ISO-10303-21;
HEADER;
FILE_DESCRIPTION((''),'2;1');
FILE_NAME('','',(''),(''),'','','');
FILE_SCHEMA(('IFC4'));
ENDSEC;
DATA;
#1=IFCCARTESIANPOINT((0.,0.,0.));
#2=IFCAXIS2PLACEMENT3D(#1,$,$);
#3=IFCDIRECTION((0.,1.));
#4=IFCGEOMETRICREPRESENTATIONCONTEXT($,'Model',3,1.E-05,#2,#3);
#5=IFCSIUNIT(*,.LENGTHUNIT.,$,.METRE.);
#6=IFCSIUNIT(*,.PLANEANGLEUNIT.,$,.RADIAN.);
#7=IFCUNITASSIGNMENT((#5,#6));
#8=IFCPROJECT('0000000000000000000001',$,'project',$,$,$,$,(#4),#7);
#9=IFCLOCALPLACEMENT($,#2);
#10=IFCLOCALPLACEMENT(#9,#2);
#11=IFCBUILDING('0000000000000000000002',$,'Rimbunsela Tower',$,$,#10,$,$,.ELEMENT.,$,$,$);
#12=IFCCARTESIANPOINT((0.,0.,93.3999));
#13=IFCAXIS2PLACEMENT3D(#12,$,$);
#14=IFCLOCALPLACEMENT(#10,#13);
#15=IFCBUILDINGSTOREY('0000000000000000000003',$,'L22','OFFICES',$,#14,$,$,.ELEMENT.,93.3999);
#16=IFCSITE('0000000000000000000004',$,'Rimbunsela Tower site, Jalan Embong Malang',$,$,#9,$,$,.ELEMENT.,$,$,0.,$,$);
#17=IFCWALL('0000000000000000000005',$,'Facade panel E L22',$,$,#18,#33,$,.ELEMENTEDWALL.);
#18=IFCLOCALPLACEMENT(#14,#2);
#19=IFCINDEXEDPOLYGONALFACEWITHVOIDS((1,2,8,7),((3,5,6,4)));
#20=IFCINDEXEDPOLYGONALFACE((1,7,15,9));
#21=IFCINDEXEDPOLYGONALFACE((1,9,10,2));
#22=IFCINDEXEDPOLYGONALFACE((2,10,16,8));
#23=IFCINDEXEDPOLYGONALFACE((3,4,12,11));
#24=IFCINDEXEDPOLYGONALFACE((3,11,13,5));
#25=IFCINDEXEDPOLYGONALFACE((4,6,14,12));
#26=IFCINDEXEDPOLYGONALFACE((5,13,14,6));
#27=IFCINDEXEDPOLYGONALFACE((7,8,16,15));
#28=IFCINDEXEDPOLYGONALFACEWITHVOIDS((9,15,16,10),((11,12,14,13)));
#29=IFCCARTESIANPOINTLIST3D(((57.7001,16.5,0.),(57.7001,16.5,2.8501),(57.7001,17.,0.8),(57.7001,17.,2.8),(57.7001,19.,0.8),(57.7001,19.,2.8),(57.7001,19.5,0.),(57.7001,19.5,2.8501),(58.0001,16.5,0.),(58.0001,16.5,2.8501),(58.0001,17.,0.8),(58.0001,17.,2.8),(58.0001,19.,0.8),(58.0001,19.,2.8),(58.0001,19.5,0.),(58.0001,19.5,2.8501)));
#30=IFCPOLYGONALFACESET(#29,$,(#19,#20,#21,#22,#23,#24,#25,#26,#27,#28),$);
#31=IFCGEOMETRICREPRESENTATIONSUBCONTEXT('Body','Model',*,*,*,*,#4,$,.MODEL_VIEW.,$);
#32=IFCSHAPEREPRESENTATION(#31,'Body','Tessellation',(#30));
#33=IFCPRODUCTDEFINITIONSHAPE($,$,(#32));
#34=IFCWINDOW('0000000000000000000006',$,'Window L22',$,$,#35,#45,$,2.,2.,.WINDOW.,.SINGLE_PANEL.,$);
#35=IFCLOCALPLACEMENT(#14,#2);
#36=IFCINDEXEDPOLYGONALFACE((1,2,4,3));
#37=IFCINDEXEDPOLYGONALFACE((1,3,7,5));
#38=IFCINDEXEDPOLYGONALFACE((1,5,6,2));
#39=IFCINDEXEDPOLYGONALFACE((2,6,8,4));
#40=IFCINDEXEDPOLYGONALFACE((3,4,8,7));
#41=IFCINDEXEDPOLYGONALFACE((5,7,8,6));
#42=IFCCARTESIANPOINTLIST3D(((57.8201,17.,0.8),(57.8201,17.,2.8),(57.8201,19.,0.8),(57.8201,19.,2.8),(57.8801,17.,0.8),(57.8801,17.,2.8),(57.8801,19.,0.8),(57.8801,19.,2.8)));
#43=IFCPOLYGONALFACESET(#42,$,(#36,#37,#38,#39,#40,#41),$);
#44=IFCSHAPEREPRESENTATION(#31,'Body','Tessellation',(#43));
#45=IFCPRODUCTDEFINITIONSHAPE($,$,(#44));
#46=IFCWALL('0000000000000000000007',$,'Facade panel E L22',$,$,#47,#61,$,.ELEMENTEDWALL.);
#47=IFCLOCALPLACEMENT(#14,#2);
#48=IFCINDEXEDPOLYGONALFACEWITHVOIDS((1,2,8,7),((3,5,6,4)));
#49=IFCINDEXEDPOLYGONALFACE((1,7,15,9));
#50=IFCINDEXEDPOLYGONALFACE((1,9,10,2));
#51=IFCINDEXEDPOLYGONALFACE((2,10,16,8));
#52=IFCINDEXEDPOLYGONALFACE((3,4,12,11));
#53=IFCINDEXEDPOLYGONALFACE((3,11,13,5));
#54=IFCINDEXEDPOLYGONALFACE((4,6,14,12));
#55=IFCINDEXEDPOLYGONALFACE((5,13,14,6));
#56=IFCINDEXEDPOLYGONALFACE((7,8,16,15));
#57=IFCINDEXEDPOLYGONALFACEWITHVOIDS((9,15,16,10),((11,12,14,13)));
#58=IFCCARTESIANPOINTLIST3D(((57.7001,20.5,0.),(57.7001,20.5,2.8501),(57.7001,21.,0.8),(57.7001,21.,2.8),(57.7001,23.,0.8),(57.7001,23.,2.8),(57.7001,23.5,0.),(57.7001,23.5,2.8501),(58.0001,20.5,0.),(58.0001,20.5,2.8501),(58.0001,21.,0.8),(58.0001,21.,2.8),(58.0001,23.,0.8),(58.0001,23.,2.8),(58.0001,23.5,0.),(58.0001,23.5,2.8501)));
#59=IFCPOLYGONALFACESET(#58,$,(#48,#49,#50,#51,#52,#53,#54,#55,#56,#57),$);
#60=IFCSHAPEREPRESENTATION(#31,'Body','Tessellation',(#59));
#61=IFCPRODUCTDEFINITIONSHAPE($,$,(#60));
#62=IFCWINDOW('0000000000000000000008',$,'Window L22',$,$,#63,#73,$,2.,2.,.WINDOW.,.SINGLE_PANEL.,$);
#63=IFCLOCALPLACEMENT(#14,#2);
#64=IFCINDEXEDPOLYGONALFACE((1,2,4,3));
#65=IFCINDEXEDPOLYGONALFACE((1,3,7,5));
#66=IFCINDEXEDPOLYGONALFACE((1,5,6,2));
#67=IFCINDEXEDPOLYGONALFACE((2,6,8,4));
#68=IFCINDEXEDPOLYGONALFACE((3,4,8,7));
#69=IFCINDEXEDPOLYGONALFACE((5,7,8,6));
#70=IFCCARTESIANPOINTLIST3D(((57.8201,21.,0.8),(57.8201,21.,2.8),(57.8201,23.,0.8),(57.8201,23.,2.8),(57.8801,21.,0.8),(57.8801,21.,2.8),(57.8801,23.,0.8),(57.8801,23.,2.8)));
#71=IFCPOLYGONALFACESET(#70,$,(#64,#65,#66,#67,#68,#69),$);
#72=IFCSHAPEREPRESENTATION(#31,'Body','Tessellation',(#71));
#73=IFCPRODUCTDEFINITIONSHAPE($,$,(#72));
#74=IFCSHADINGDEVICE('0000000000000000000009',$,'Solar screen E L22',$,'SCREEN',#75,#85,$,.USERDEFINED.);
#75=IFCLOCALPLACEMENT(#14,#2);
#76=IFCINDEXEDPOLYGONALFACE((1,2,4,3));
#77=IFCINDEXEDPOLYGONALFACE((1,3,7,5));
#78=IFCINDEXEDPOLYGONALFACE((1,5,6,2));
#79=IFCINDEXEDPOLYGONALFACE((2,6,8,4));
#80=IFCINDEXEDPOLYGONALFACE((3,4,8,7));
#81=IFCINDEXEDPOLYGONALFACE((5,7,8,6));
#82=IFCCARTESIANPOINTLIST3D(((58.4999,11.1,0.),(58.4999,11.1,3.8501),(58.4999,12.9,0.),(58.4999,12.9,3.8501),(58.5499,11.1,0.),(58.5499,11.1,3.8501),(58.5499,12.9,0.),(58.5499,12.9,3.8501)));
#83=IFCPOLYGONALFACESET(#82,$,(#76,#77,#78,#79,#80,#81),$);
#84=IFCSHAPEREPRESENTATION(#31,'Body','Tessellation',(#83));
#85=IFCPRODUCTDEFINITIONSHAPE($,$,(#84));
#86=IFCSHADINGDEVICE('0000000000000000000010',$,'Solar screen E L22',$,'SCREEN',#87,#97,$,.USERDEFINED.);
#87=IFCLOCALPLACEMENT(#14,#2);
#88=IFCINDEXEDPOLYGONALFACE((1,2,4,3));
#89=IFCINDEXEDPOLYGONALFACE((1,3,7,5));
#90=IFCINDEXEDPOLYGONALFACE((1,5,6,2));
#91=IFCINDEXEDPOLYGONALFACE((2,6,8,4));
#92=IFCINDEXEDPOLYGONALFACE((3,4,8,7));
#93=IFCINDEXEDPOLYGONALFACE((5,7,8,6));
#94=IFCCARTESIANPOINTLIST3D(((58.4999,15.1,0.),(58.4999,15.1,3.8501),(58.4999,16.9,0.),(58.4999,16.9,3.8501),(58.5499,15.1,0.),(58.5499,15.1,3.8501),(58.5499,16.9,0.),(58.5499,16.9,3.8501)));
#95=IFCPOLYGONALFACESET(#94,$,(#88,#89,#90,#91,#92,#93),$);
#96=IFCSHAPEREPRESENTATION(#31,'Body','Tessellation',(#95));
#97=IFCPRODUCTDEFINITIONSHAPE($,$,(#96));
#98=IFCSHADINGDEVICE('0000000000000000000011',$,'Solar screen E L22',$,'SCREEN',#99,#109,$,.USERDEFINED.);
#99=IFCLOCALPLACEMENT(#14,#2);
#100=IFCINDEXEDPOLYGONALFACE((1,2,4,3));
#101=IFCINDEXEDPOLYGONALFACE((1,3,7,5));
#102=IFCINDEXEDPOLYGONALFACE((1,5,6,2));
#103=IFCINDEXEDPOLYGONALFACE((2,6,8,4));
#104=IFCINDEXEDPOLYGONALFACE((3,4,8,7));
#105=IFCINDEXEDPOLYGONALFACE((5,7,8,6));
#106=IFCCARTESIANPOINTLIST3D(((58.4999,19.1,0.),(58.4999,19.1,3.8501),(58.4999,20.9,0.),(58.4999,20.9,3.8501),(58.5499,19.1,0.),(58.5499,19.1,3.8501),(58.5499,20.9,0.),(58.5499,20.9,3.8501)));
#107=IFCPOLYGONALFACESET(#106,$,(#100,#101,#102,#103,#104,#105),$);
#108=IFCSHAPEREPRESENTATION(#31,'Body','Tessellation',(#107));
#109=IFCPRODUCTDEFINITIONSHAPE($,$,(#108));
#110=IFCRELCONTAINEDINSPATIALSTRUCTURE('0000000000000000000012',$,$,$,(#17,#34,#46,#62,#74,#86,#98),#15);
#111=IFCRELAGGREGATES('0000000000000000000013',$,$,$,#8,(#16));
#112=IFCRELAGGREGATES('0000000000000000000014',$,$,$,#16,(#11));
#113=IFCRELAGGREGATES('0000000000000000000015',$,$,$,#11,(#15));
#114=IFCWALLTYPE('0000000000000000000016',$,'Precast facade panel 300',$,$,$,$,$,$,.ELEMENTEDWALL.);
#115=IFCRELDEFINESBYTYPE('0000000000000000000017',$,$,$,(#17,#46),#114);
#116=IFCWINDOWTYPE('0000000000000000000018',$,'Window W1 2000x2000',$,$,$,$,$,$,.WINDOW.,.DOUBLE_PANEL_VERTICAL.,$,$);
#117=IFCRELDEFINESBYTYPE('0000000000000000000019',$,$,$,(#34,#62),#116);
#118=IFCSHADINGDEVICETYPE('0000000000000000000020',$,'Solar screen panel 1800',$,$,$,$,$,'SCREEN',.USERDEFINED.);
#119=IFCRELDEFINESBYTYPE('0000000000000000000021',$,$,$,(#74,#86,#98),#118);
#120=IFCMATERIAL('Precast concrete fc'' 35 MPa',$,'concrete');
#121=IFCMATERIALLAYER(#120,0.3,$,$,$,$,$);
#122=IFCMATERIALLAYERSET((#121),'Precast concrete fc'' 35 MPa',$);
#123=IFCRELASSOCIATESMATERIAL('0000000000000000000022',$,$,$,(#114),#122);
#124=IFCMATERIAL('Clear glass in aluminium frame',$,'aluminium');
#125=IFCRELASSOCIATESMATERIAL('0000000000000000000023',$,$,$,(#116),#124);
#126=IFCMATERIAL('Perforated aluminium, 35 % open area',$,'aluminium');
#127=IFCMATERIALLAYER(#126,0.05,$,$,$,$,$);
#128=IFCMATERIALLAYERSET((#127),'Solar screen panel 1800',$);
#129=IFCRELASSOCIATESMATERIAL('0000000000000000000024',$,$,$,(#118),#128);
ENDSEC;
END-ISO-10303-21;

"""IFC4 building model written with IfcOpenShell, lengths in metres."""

from ifc_helpers import new_model, si_unit, direction, frame, frame_2d, origin, origin_2d, place, context, subcontext, project, spatial, rectangle, extrude, material, layer, layer_set, type_object, element, fill, save


model = new_model("IFC4")

# Units and contexts
model_context = context("Model", 3, precision=1e-05, world=origin(), true_north=direction((0.0, 1.0)))
body_context = subcontext(model_context, "Body", "Model", "MODEL_VIEW")
ifc_project = project(units=[si_unit("LENGTHUNIT", "METRE"), si_unit("PLANEANGLEUNIT", "RADIAN")], contexts=[model_context])

# Site, building, storey
site_placement = place(None, origin())
site = spatial("IfcSite", under=ifc_project, at=site_placement, Name="Rimbunsela Tower site, Jalan Embong Malang", CompositionType="ELEMENT", RefElevation=0.0)
building_placement = place(site_placement, origin())
building = spatial("IfcBuilding", under=site, at=building_placement, Name="Rimbunsela Tower", CompositionType="ELEMENT")
storey_placement = place(building_placement, frame((0.0, 0.0, 93.3999)))
storey = spatial("IfcBuildingStorey", under=building, at=storey_placement, Name="L22", Description="OFFICES", CompositionType="ELEMENT", Elevation=93.3999)

# Walls, openings, windows
ifc_material_1 = material(Name="Precast concrete fc' 35 MPa", Category="concrete")
ifc_layer_1 = layer(ifc_material_1, 0.3)
ifc_layer_set_1 = layer_set([ifc_layer_1], Name="Precast concrete fc' 35 MPa")
wall_type = type_object("IfcWallType", Name="Precast facade panel 300", PredefinedType="ELEMENTEDWALL", material=ifc_layer_set_1)
ifc_material_2 = material(Name="Clear glass in aluminium frame", Category="aluminium")
window_type = type_object("IfcWindowType", Name="Window W1 2000x2000", PartitioningType="DOUBLE_PANEL_VERTICAL", PredefinedType="WINDOW", material=ifc_material_2)
wall_1_placement = place(storey_placement, frame((57.8501, 16.5, 0.0), z_axis=(0.0, 0.0, 1.0), x_axis=(0.0, 1.0, 0.0)))
wall_1 = element("IfcWall", 1, at=wall_1_placement, inside=storey, type_object=wall_type, Name="Facade panel E L22", PredefinedType="ELEMENTEDWALL", context=body_context, shape_type="SweptSolid", body=[
    extrude(rectangle(XDim=3.0, YDim=0.3, at=frame_2d((1.5, 0.0))), origin(), (0.0, 0.0, 1.0), 2.8501),
])
opening_1_placement = place(wall_1_placement, frame((0.5, 0.0, 0.8)))
opening_1 = element("IfcOpeningElement", 2, at=opening_1_placement, cuts=wall_1, PredefinedType="OPENING", context=body_context, shape_type="SweptSolid", body=[
    extrude(rectangle(XDim=2.0, YDim=2.0, at=frame_2d((1.0, 1.0))), frame((0.0, 0.1599, 0.0), z_axis=(0.0, -1.0, 0.0), x_axis=(1.0, 0.0, 0.0)), (0.0, 0.0, 1.0), 0.3201),
])
window_1_placement = place(opening_1_placement, origin())
window_1 = element("IfcWindow", 3, at=window_1_placement, inside=storey, type_object=window_type, Name="Window L22", OverallHeight=2.0, OverallWidth=2.0, PartitioningType="SINGLE_PANEL", PredefinedType="WINDOW", context=body_context, shape_type="SweptSolid", body=[
    extrude(rectangle(XDim=2.0, YDim=2.0, at=frame_2d((1.0, 1.0))), frame((0.0, 0.03, 0.0), z_axis=(0.0, -1.0, 0.0), x_axis=(1.0, 0.0, 0.0)), (0.0, 0.0, 1.0), 0.0601),
])
fill(opening_1, window_1)
wall_2_placement = place(storey_placement, frame((57.8501, 20.5, 0.0), z_axis=(0.0, 0.0, 1.0), x_axis=(0.0, 1.0, 0.0)))
wall_2 = element("IfcWall", 4, at=wall_2_placement, inside=storey, type_object=wall_type, Name="Facade panel E L22", PredefinedType="ELEMENTEDWALL", context=body_context, shape_type="SweptSolid", body=[
    extrude(rectangle(XDim=3.0, YDim=0.3, at=frame_2d((1.5, 0.0))), origin(), (0.0, 0.0, 1.0), 2.8501),
])
opening_2_placement = place(wall_2_placement, frame((0.5, 0.0, 0.8)))
opening_2 = element("IfcOpeningElement", 5, at=opening_2_placement, cuts=wall_2, PredefinedType="OPENING", context=body_context, shape_type="SweptSolid", body=[
    extrude(rectangle(XDim=2.0, YDim=2.0, at=frame_2d((1.0, 1.0))), frame((0.0, 0.1599, 0.0), z_axis=(0.0, -1.0, 0.0), x_axis=(1.0, 0.0, 0.0)), (0.0, 0.0, 1.0), 0.3201),
])
window_2_placement = place(opening_2_placement, origin())
window_2 = element("IfcWindow", 6, at=window_2_placement, inside=storey, type_object=window_type, Name="Window L22", OverallHeight=2.0, OverallWidth=2.0, PartitioningType="SINGLE_PANEL", PredefinedType="WINDOW", context=body_context, shape_type="SweptSolid", body=[
    extrude(rectangle(XDim=2.0, YDim=2.0, at=frame_2d((1.0, 1.0))), frame((0.0, 0.03, 0.0), z_axis=(0.0, -1.0, 0.0), x_axis=(1.0, 0.0, 0.0)), (0.0, 0.0, 1.0), 0.0601),
])
fill(opening_2, window_2)

# Shading devices
ifc_material_3 = material(Name="Perforated aluminium, 35 % open area", Category="aluminium")
ifc_layer_2 = layer(ifc_material_3, 0.05)
ifc_layer_set_2 = layer_set([ifc_layer_2], Name="Solar screen panel 1800")
shading_device_type = type_object("IfcShadingDeviceType", Name="Solar screen panel 1800", ElementType="SCREEN", PredefinedType="USERDEFINED", material=ifc_layer_set_2)
for number, where, z_axis, x_axis, name in (
    (7, (58.5249, 12.0, 0.0), (0.0, 0.0, 1.0), (0.0, 1.0, 0.0), "Solar screen E L22"),
    (8, (58.5249, 16.0, 0.0), (0.0, 0.0, 1.0), (0.0, 1.0, 0.0), "Solar screen E L22"),
    (9, (58.5249, 20.0, 0.0), (0.0, 0.0, 1.0), (0.0, 1.0, 0.0), "Solar screen E L22"),
):
    element("IfcShadingDevice", number, at=place(storey_placement, frame(where, z_axis=z_axis, x_axis=x_axis)), inside=storey, type_object=shading_device_type, Name=name, ObjectType="SCREEN", PredefinedType="USERDEFINED", context=body_context, shape_type="SweptSolid", body=[
        extrude(rectangle(XDim=1.8, YDim=0.05, at=origin_2d()), origin(), (0.0, 0.0, 1.0), 3.8501),
    ])

save(model, "model.ifc")
